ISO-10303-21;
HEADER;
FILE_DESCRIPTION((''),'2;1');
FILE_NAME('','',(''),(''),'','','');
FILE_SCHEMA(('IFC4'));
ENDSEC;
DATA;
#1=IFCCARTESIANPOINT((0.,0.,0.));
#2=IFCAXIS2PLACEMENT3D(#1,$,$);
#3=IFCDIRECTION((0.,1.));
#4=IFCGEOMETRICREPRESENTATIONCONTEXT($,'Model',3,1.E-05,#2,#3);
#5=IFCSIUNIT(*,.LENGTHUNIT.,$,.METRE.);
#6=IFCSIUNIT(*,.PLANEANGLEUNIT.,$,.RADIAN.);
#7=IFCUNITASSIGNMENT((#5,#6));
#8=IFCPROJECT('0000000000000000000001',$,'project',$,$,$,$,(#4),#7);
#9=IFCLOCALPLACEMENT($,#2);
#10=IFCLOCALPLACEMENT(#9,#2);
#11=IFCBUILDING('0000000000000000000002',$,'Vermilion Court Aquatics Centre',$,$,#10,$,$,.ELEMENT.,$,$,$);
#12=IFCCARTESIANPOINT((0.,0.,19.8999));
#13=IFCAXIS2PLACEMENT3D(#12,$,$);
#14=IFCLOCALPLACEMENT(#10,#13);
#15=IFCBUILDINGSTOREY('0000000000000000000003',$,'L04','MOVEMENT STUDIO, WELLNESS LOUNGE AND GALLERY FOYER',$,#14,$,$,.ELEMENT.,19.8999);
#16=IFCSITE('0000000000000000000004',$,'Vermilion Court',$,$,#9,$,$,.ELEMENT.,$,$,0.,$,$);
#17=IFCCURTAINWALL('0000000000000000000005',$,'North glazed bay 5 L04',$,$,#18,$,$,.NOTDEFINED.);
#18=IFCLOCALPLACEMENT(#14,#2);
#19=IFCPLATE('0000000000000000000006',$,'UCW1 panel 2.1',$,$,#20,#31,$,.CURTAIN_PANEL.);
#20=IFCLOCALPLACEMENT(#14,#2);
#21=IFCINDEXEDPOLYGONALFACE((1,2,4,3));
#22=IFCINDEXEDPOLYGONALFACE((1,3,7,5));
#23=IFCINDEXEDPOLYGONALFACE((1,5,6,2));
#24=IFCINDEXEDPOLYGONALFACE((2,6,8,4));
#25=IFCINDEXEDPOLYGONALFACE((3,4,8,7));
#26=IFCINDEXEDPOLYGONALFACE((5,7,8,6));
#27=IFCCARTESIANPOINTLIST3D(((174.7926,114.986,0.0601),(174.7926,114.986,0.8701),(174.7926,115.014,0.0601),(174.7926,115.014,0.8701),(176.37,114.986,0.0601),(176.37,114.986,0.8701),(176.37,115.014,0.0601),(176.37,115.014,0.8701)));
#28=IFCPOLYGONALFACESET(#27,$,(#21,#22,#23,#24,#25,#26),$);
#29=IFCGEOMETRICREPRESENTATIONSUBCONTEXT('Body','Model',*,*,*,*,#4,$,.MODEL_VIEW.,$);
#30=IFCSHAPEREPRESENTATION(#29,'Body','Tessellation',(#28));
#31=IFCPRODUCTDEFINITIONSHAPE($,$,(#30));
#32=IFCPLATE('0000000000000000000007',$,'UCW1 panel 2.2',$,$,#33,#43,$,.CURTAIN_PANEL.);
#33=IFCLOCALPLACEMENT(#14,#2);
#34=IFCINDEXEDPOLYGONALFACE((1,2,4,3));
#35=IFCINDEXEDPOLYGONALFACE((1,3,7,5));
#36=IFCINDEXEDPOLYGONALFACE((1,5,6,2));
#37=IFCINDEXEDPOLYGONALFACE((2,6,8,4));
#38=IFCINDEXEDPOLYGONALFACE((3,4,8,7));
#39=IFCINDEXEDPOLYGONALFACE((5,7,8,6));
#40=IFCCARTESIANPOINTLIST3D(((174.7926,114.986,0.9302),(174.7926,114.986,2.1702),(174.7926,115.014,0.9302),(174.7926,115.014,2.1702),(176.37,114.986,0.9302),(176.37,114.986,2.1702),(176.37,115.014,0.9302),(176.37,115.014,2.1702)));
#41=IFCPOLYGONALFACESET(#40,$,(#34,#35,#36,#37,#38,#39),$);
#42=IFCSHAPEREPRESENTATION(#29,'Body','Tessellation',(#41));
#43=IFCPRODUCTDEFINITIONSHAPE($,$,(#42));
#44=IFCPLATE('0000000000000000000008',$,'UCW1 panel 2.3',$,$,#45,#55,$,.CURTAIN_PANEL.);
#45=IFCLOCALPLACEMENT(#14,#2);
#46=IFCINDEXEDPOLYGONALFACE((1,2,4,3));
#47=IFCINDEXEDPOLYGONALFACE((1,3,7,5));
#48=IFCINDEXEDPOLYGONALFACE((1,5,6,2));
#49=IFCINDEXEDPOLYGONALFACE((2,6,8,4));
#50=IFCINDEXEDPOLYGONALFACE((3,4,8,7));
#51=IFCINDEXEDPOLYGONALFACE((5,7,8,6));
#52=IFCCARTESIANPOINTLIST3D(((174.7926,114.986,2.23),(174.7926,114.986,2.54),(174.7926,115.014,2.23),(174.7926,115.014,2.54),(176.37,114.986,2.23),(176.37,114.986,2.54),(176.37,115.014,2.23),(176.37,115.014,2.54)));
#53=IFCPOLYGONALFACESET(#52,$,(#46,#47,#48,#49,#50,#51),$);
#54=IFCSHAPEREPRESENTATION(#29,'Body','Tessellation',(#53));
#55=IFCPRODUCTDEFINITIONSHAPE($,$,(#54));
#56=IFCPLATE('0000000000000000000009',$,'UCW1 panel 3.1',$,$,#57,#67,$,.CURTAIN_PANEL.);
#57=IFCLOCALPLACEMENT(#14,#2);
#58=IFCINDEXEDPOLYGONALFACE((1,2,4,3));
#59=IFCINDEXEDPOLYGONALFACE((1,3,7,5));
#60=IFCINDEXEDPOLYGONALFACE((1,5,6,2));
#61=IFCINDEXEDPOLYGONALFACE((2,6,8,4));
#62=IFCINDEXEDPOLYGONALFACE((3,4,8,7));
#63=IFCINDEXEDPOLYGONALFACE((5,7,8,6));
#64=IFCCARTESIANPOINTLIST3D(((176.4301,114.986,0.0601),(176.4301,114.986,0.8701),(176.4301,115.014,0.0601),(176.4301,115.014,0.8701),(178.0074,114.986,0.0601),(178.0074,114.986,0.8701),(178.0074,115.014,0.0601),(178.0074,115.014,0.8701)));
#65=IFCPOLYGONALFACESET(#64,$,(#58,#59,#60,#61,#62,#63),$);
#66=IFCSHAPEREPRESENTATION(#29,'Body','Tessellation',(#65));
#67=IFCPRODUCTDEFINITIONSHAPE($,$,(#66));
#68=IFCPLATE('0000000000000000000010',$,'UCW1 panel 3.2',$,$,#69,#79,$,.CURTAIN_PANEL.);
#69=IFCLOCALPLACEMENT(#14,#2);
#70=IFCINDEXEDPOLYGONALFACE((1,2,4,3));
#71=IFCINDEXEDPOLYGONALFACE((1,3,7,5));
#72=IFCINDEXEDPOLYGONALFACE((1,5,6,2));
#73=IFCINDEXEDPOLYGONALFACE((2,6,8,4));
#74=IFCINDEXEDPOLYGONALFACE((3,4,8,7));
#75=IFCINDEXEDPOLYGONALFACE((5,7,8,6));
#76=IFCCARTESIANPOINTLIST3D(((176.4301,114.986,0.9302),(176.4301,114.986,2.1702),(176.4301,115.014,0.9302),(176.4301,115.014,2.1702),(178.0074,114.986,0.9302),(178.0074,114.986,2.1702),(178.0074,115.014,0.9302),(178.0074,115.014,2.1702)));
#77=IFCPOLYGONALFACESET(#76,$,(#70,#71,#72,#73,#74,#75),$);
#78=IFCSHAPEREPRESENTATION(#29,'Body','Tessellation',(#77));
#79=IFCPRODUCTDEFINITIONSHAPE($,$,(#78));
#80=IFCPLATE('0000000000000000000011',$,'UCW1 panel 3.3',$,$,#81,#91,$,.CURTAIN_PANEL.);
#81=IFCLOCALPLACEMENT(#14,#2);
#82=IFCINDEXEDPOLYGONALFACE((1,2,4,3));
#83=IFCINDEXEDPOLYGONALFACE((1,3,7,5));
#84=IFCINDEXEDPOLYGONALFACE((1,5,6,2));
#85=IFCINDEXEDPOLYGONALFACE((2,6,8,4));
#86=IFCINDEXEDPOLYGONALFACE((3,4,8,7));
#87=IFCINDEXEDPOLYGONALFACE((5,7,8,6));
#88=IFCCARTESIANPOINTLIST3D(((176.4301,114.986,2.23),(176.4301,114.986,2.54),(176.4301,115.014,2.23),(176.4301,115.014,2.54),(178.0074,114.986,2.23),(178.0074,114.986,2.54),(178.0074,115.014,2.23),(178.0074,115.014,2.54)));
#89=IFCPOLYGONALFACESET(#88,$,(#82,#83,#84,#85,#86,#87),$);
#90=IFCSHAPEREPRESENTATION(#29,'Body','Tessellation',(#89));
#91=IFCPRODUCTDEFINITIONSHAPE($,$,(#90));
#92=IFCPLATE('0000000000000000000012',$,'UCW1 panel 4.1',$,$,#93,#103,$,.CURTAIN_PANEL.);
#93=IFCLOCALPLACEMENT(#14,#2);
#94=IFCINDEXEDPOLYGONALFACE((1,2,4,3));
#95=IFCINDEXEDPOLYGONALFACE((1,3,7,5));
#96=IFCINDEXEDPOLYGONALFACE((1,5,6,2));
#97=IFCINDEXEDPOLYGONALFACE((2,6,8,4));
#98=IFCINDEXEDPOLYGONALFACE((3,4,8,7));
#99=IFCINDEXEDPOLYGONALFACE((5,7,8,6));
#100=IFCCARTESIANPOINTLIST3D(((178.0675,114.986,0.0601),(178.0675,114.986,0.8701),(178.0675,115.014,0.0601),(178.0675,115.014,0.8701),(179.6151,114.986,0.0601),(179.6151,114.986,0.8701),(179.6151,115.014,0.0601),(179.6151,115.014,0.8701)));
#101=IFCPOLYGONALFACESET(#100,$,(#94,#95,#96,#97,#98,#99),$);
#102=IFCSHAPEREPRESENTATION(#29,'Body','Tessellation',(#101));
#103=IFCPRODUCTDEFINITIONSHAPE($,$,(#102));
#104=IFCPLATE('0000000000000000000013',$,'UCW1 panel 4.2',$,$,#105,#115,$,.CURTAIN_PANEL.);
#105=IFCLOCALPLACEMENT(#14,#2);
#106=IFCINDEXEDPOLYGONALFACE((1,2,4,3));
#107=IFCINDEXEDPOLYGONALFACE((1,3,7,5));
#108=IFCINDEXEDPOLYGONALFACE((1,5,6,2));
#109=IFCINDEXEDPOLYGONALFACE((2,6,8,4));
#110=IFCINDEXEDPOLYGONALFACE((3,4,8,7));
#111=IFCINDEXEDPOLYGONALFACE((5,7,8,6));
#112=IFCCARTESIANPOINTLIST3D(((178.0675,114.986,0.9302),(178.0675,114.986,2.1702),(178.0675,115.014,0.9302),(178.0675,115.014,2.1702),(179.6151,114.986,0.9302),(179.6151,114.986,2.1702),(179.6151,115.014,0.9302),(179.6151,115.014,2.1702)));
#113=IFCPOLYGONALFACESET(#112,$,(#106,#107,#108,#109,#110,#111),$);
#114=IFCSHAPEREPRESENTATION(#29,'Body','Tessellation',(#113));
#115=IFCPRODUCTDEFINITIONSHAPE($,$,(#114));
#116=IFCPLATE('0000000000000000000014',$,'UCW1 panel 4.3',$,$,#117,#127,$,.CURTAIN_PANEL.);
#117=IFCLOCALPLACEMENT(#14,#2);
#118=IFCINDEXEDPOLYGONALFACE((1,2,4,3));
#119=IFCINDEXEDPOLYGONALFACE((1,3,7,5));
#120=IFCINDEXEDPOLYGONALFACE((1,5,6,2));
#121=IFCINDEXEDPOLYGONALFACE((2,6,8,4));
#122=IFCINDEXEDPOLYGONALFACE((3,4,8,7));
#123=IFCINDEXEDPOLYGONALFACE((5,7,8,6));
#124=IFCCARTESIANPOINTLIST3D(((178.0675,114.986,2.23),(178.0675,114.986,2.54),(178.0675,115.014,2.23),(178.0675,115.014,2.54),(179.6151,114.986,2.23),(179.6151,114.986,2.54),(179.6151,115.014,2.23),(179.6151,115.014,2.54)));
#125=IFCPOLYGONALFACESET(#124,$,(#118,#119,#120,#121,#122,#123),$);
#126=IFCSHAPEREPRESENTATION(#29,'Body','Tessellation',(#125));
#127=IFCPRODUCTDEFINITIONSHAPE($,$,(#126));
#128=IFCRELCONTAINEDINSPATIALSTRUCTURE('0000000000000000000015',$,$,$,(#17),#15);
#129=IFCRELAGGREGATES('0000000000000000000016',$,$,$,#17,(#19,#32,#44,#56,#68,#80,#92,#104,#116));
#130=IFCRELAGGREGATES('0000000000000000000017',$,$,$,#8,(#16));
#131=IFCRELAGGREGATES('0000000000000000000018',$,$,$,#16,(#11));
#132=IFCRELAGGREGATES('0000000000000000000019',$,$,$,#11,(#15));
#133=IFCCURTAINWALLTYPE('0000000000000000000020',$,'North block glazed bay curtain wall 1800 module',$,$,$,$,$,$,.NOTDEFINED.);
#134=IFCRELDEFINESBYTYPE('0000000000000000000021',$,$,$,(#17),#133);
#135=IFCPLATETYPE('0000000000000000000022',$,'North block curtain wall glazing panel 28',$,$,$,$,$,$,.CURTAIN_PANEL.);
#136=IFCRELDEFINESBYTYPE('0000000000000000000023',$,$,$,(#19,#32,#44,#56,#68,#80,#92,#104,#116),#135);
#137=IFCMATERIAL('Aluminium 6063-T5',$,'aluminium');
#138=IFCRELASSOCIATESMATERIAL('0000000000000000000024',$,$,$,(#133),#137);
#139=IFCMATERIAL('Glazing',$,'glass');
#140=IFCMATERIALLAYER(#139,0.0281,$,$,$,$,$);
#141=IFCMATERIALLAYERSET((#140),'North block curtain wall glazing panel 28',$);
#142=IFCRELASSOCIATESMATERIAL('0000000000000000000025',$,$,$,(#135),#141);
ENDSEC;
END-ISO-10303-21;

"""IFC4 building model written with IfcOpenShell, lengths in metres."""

from ifc_helpers import new_model, si_unit, direction, frame, origin, origin_2d, place, context, subcontext, project, spatial, rectangle, extrude, material, layer, layer_set, type_object, element, aggregate, save


model = new_model("IFC4")

# Units and contexts
model_context = context("Model", 3, precision=1e-05, world=origin(), true_north=direction((0.0, 1.0)))
body_context = subcontext(model_context, "Body", "Model", "MODEL_VIEW")
ifc_project = project(units=[si_unit("LENGTHUNIT", "METRE"), si_unit("PLANEANGLEUNIT", "RADIAN")], contexts=[model_context])

# Site, building, storey
site_placement = place(None, origin())
site = spatial("IfcSite", under=ifc_project, at=site_placement, Name="Vermilion Court", CompositionType="ELEMENT", RefElevation=0.0)
building_placement = place(site_placement, origin())
building = spatial("IfcBuilding", under=site, at=building_placement, Name="Vermilion Court Aquatics Centre", CompositionType="ELEMENT")
storey_placement = place(building_placement, frame((0.0, 0.0, 19.8999)))
storey = spatial("IfcBuildingStorey", under=building, at=storey_placement, Name="L04", Description="MOVEMENT STUDIO, WELLNESS LOUNGE AND GALLERY FOYER", CompositionType="ELEMENT", Elevation=19.8999)

# Curtain wall, plates
ifc_material_1 = material(Name="Aluminium 6063-T5", Category="aluminium")
curtain_wall_type = type_object("IfcCurtainWallType", Name="North block glazed bay curtain wall 1800 module", PredefinedType="NOTDEFINED", material=ifc_material_1)
curtain_wall_placement = place(storey_placement, origin())
curtain_wall = element("IfcCurtainWall", 1, at=curtain_wall_placement, inside=storey, type_object=curtain_wall_type, Name="North glazed bay 5 L04", PredefinedType="NOTDEFINED")
ifc_material_2 = material(Name="Glazing", Category="glass")
ifc_layer = layer(ifc_material_2, 0.0281)
ifc_layer_set = layer_set([ifc_layer], Name="North block curtain wall glazing panel 28")
plate_type = type_object("IfcPlateType", Name="North block curtain wall glazing panel 28", PredefinedType="CURTAIN_PANEL", material=ifc_layer_set)
plate_1_placement = place(storey_placement, frame((175.5813, 115.0, 0.0601), z_axis=(0.0, 0.0, 1.0), x_axis=(1.0, 0.0, 0.0)))
plate_1 = element("IfcPlate", 2, at=plate_1_placement, type_object=plate_type, Name="UCW1 panel 2.1", PredefinedType="CURTAIN_PANEL", context=body_context, shape_type="SweptSolid", body=[
    extrude(rectangle(XDim=1.5774, YDim=0.0281, at=origin_2d()), origin(), (0.0, 0.0, 1.0), 0.8101),
])
plate_2_placement = place(storey_placement, frame((175.5813, 115.0, 0.9302), z_axis=(0.0, 0.0, 1.0), x_axis=(1.0, 0.0, 0.0)))
plate_2 = element("IfcPlate", 3, at=plate_2_placement, type_object=plate_type, Name="UCW1 panel 2.2", PredefinedType="CURTAIN_PANEL", context=body_context, shape_type="SweptSolid", body=[
    extrude(rectangle(XDim=1.5774, YDim=0.0281, at=origin_2d()), origin(), (0.0, 0.0, 1.0), 1.24),
])
plate_3_placement = place(storey_placement, frame((175.5813, 115.0, 2.23), z_axis=(0.0, 0.0, 1.0), x_axis=(1.0, 0.0, 0.0)))
plate_3 = element("IfcPlate", 4, at=plate_3_placement, type_object=plate_type, Name="UCW1 panel 2.3", PredefinedType="CURTAIN_PANEL", context=body_context, shape_type="SweptSolid", body=[
    extrude(rectangle(XDim=1.5774, YDim=0.0281, at=origin_2d()), origin(), (0.0, 0.0, 1.0), 0.3101),
])
plate_4_placement = place(storey_placement, frame((177.2188, 115.0, 0.0601), z_axis=(0.0, 0.0, 1.0), x_axis=(1.0, 0.0, 0.0)))
plate_4 = element("IfcPlate", 5, at=plate_4_placement, type_object=plate_type, Name="UCW1 panel 3.1", PredefinedType="CURTAIN_PANEL", context=body_context, shape_type="SweptSolid", body=[
    extrude(rectangle(XDim=1.5774, YDim=0.0281, at=origin_2d()), origin(), (0.0, 0.0, 1.0), 0.8101),
])
plate_5_placement = place(storey_placement, frame((177.2188, 115.0, 0.9302), z_axis=(0.0, 0.0, 1.0), x_axis=(1.0, 0.0, 0.0)))
plate_5 = element("IfcPlate", 6, at=plate_5_placement, type_object=plate_type, Name="UCW1 panel 3.2", PredefinedType="CURTAIN_PANEL", context=body_context, shape_type="SweptSolid", body=[
    extrude(rectangle(XDim=1.5774, YDim=0.0281, at=origin_2d()), origin(), (0.0, 0.0, 1.0), 1.24),
])
plate_6_placement = place(storey_placement, frame((177.2188, 115.0, 2.23), z_axis=(0.0, 0.0, 1.0), x_axis=(1.0, 0.0, 0.0)))
plate_6 = element("IfcPlate", 7, at=plate_6_placement, type_object=plate_type, Name="UCW1 panel 3.3", PredefinedType="CURTAIN_PANEL", context=body_context, shape_type="SweptSolid", body=[
    extrude(rectangle(XDim=1.5774, YDim=0.0281, at=origin_2d()), origin(), (0.0, 0.0, 1.0), 0.3101),
])
plate_7_placement = place(storey_placement, frame((178.8413, 115.0, 0.0601), z_axis=(0.0, 0.0, 1.0), x_axis=(1.0, 0.0, 0.0)))
plate_7 = element("IfcPlate", 8, at=plate_7_placement, type_object=plate_type, Name="UCW1 panel 4.1", PredefinedType="CURTAIN_PANEL", context=body_context, shape_type="SweptSolid", body=[
    extrude(rectangle(XDim=1.5476, YDim=0.0281, at=origin_2d()), origin(), (0.0, 0.0, 1.0), 0.8101),
])
plate_8_placement = place(storey_placement, frame((178.8413, 115.0, 0.9302), z_axis=(0.0, 0.0, 1.0), x_axis=(1.0, 0.0, 0.0)))
plate_8 = element("IfcPlate", 9, at=plate_8_placement, type_object=plate_type, Name="UCW1 panel 4.2", PredefinedType="CURTAIN_PANEL", context=body_context, shape_type="SweptSolid", body=[
    extrude(rectangle(XDim=1.5476, YDim=0.0281, at=origin_2d()), origin(), (0.0, 0.0, 1.0), 1.24),
])
plate_9_placement = place(storey_placement, frame((178.8413, 115.0, 2.23), z_axis=(0.0, 0.0, 1.0), x_axis=(1.0, 0.0, 0.0)))
plate_9 = element("IfcPlate", 10, at=plate_9_placement, type_object=plate_type, Name="UCW1 panel 4.3", PredefinedType="CURTAIN_PANEL", context=body_context, shape_type="SweptSolid", body=[
    extrude(rectangle(XDim=1.5476, YDim=0.0281, at=origin_2d()), origin(), (0.0, 0.0, 1.0), 0.3101),
])
aggregate(curtain_wall, [plate_1, plate_2, plate_3, plate_4, plate_5, plate_6, plate_7, plate_8, plate_9])

save(model, "model.ifc")
